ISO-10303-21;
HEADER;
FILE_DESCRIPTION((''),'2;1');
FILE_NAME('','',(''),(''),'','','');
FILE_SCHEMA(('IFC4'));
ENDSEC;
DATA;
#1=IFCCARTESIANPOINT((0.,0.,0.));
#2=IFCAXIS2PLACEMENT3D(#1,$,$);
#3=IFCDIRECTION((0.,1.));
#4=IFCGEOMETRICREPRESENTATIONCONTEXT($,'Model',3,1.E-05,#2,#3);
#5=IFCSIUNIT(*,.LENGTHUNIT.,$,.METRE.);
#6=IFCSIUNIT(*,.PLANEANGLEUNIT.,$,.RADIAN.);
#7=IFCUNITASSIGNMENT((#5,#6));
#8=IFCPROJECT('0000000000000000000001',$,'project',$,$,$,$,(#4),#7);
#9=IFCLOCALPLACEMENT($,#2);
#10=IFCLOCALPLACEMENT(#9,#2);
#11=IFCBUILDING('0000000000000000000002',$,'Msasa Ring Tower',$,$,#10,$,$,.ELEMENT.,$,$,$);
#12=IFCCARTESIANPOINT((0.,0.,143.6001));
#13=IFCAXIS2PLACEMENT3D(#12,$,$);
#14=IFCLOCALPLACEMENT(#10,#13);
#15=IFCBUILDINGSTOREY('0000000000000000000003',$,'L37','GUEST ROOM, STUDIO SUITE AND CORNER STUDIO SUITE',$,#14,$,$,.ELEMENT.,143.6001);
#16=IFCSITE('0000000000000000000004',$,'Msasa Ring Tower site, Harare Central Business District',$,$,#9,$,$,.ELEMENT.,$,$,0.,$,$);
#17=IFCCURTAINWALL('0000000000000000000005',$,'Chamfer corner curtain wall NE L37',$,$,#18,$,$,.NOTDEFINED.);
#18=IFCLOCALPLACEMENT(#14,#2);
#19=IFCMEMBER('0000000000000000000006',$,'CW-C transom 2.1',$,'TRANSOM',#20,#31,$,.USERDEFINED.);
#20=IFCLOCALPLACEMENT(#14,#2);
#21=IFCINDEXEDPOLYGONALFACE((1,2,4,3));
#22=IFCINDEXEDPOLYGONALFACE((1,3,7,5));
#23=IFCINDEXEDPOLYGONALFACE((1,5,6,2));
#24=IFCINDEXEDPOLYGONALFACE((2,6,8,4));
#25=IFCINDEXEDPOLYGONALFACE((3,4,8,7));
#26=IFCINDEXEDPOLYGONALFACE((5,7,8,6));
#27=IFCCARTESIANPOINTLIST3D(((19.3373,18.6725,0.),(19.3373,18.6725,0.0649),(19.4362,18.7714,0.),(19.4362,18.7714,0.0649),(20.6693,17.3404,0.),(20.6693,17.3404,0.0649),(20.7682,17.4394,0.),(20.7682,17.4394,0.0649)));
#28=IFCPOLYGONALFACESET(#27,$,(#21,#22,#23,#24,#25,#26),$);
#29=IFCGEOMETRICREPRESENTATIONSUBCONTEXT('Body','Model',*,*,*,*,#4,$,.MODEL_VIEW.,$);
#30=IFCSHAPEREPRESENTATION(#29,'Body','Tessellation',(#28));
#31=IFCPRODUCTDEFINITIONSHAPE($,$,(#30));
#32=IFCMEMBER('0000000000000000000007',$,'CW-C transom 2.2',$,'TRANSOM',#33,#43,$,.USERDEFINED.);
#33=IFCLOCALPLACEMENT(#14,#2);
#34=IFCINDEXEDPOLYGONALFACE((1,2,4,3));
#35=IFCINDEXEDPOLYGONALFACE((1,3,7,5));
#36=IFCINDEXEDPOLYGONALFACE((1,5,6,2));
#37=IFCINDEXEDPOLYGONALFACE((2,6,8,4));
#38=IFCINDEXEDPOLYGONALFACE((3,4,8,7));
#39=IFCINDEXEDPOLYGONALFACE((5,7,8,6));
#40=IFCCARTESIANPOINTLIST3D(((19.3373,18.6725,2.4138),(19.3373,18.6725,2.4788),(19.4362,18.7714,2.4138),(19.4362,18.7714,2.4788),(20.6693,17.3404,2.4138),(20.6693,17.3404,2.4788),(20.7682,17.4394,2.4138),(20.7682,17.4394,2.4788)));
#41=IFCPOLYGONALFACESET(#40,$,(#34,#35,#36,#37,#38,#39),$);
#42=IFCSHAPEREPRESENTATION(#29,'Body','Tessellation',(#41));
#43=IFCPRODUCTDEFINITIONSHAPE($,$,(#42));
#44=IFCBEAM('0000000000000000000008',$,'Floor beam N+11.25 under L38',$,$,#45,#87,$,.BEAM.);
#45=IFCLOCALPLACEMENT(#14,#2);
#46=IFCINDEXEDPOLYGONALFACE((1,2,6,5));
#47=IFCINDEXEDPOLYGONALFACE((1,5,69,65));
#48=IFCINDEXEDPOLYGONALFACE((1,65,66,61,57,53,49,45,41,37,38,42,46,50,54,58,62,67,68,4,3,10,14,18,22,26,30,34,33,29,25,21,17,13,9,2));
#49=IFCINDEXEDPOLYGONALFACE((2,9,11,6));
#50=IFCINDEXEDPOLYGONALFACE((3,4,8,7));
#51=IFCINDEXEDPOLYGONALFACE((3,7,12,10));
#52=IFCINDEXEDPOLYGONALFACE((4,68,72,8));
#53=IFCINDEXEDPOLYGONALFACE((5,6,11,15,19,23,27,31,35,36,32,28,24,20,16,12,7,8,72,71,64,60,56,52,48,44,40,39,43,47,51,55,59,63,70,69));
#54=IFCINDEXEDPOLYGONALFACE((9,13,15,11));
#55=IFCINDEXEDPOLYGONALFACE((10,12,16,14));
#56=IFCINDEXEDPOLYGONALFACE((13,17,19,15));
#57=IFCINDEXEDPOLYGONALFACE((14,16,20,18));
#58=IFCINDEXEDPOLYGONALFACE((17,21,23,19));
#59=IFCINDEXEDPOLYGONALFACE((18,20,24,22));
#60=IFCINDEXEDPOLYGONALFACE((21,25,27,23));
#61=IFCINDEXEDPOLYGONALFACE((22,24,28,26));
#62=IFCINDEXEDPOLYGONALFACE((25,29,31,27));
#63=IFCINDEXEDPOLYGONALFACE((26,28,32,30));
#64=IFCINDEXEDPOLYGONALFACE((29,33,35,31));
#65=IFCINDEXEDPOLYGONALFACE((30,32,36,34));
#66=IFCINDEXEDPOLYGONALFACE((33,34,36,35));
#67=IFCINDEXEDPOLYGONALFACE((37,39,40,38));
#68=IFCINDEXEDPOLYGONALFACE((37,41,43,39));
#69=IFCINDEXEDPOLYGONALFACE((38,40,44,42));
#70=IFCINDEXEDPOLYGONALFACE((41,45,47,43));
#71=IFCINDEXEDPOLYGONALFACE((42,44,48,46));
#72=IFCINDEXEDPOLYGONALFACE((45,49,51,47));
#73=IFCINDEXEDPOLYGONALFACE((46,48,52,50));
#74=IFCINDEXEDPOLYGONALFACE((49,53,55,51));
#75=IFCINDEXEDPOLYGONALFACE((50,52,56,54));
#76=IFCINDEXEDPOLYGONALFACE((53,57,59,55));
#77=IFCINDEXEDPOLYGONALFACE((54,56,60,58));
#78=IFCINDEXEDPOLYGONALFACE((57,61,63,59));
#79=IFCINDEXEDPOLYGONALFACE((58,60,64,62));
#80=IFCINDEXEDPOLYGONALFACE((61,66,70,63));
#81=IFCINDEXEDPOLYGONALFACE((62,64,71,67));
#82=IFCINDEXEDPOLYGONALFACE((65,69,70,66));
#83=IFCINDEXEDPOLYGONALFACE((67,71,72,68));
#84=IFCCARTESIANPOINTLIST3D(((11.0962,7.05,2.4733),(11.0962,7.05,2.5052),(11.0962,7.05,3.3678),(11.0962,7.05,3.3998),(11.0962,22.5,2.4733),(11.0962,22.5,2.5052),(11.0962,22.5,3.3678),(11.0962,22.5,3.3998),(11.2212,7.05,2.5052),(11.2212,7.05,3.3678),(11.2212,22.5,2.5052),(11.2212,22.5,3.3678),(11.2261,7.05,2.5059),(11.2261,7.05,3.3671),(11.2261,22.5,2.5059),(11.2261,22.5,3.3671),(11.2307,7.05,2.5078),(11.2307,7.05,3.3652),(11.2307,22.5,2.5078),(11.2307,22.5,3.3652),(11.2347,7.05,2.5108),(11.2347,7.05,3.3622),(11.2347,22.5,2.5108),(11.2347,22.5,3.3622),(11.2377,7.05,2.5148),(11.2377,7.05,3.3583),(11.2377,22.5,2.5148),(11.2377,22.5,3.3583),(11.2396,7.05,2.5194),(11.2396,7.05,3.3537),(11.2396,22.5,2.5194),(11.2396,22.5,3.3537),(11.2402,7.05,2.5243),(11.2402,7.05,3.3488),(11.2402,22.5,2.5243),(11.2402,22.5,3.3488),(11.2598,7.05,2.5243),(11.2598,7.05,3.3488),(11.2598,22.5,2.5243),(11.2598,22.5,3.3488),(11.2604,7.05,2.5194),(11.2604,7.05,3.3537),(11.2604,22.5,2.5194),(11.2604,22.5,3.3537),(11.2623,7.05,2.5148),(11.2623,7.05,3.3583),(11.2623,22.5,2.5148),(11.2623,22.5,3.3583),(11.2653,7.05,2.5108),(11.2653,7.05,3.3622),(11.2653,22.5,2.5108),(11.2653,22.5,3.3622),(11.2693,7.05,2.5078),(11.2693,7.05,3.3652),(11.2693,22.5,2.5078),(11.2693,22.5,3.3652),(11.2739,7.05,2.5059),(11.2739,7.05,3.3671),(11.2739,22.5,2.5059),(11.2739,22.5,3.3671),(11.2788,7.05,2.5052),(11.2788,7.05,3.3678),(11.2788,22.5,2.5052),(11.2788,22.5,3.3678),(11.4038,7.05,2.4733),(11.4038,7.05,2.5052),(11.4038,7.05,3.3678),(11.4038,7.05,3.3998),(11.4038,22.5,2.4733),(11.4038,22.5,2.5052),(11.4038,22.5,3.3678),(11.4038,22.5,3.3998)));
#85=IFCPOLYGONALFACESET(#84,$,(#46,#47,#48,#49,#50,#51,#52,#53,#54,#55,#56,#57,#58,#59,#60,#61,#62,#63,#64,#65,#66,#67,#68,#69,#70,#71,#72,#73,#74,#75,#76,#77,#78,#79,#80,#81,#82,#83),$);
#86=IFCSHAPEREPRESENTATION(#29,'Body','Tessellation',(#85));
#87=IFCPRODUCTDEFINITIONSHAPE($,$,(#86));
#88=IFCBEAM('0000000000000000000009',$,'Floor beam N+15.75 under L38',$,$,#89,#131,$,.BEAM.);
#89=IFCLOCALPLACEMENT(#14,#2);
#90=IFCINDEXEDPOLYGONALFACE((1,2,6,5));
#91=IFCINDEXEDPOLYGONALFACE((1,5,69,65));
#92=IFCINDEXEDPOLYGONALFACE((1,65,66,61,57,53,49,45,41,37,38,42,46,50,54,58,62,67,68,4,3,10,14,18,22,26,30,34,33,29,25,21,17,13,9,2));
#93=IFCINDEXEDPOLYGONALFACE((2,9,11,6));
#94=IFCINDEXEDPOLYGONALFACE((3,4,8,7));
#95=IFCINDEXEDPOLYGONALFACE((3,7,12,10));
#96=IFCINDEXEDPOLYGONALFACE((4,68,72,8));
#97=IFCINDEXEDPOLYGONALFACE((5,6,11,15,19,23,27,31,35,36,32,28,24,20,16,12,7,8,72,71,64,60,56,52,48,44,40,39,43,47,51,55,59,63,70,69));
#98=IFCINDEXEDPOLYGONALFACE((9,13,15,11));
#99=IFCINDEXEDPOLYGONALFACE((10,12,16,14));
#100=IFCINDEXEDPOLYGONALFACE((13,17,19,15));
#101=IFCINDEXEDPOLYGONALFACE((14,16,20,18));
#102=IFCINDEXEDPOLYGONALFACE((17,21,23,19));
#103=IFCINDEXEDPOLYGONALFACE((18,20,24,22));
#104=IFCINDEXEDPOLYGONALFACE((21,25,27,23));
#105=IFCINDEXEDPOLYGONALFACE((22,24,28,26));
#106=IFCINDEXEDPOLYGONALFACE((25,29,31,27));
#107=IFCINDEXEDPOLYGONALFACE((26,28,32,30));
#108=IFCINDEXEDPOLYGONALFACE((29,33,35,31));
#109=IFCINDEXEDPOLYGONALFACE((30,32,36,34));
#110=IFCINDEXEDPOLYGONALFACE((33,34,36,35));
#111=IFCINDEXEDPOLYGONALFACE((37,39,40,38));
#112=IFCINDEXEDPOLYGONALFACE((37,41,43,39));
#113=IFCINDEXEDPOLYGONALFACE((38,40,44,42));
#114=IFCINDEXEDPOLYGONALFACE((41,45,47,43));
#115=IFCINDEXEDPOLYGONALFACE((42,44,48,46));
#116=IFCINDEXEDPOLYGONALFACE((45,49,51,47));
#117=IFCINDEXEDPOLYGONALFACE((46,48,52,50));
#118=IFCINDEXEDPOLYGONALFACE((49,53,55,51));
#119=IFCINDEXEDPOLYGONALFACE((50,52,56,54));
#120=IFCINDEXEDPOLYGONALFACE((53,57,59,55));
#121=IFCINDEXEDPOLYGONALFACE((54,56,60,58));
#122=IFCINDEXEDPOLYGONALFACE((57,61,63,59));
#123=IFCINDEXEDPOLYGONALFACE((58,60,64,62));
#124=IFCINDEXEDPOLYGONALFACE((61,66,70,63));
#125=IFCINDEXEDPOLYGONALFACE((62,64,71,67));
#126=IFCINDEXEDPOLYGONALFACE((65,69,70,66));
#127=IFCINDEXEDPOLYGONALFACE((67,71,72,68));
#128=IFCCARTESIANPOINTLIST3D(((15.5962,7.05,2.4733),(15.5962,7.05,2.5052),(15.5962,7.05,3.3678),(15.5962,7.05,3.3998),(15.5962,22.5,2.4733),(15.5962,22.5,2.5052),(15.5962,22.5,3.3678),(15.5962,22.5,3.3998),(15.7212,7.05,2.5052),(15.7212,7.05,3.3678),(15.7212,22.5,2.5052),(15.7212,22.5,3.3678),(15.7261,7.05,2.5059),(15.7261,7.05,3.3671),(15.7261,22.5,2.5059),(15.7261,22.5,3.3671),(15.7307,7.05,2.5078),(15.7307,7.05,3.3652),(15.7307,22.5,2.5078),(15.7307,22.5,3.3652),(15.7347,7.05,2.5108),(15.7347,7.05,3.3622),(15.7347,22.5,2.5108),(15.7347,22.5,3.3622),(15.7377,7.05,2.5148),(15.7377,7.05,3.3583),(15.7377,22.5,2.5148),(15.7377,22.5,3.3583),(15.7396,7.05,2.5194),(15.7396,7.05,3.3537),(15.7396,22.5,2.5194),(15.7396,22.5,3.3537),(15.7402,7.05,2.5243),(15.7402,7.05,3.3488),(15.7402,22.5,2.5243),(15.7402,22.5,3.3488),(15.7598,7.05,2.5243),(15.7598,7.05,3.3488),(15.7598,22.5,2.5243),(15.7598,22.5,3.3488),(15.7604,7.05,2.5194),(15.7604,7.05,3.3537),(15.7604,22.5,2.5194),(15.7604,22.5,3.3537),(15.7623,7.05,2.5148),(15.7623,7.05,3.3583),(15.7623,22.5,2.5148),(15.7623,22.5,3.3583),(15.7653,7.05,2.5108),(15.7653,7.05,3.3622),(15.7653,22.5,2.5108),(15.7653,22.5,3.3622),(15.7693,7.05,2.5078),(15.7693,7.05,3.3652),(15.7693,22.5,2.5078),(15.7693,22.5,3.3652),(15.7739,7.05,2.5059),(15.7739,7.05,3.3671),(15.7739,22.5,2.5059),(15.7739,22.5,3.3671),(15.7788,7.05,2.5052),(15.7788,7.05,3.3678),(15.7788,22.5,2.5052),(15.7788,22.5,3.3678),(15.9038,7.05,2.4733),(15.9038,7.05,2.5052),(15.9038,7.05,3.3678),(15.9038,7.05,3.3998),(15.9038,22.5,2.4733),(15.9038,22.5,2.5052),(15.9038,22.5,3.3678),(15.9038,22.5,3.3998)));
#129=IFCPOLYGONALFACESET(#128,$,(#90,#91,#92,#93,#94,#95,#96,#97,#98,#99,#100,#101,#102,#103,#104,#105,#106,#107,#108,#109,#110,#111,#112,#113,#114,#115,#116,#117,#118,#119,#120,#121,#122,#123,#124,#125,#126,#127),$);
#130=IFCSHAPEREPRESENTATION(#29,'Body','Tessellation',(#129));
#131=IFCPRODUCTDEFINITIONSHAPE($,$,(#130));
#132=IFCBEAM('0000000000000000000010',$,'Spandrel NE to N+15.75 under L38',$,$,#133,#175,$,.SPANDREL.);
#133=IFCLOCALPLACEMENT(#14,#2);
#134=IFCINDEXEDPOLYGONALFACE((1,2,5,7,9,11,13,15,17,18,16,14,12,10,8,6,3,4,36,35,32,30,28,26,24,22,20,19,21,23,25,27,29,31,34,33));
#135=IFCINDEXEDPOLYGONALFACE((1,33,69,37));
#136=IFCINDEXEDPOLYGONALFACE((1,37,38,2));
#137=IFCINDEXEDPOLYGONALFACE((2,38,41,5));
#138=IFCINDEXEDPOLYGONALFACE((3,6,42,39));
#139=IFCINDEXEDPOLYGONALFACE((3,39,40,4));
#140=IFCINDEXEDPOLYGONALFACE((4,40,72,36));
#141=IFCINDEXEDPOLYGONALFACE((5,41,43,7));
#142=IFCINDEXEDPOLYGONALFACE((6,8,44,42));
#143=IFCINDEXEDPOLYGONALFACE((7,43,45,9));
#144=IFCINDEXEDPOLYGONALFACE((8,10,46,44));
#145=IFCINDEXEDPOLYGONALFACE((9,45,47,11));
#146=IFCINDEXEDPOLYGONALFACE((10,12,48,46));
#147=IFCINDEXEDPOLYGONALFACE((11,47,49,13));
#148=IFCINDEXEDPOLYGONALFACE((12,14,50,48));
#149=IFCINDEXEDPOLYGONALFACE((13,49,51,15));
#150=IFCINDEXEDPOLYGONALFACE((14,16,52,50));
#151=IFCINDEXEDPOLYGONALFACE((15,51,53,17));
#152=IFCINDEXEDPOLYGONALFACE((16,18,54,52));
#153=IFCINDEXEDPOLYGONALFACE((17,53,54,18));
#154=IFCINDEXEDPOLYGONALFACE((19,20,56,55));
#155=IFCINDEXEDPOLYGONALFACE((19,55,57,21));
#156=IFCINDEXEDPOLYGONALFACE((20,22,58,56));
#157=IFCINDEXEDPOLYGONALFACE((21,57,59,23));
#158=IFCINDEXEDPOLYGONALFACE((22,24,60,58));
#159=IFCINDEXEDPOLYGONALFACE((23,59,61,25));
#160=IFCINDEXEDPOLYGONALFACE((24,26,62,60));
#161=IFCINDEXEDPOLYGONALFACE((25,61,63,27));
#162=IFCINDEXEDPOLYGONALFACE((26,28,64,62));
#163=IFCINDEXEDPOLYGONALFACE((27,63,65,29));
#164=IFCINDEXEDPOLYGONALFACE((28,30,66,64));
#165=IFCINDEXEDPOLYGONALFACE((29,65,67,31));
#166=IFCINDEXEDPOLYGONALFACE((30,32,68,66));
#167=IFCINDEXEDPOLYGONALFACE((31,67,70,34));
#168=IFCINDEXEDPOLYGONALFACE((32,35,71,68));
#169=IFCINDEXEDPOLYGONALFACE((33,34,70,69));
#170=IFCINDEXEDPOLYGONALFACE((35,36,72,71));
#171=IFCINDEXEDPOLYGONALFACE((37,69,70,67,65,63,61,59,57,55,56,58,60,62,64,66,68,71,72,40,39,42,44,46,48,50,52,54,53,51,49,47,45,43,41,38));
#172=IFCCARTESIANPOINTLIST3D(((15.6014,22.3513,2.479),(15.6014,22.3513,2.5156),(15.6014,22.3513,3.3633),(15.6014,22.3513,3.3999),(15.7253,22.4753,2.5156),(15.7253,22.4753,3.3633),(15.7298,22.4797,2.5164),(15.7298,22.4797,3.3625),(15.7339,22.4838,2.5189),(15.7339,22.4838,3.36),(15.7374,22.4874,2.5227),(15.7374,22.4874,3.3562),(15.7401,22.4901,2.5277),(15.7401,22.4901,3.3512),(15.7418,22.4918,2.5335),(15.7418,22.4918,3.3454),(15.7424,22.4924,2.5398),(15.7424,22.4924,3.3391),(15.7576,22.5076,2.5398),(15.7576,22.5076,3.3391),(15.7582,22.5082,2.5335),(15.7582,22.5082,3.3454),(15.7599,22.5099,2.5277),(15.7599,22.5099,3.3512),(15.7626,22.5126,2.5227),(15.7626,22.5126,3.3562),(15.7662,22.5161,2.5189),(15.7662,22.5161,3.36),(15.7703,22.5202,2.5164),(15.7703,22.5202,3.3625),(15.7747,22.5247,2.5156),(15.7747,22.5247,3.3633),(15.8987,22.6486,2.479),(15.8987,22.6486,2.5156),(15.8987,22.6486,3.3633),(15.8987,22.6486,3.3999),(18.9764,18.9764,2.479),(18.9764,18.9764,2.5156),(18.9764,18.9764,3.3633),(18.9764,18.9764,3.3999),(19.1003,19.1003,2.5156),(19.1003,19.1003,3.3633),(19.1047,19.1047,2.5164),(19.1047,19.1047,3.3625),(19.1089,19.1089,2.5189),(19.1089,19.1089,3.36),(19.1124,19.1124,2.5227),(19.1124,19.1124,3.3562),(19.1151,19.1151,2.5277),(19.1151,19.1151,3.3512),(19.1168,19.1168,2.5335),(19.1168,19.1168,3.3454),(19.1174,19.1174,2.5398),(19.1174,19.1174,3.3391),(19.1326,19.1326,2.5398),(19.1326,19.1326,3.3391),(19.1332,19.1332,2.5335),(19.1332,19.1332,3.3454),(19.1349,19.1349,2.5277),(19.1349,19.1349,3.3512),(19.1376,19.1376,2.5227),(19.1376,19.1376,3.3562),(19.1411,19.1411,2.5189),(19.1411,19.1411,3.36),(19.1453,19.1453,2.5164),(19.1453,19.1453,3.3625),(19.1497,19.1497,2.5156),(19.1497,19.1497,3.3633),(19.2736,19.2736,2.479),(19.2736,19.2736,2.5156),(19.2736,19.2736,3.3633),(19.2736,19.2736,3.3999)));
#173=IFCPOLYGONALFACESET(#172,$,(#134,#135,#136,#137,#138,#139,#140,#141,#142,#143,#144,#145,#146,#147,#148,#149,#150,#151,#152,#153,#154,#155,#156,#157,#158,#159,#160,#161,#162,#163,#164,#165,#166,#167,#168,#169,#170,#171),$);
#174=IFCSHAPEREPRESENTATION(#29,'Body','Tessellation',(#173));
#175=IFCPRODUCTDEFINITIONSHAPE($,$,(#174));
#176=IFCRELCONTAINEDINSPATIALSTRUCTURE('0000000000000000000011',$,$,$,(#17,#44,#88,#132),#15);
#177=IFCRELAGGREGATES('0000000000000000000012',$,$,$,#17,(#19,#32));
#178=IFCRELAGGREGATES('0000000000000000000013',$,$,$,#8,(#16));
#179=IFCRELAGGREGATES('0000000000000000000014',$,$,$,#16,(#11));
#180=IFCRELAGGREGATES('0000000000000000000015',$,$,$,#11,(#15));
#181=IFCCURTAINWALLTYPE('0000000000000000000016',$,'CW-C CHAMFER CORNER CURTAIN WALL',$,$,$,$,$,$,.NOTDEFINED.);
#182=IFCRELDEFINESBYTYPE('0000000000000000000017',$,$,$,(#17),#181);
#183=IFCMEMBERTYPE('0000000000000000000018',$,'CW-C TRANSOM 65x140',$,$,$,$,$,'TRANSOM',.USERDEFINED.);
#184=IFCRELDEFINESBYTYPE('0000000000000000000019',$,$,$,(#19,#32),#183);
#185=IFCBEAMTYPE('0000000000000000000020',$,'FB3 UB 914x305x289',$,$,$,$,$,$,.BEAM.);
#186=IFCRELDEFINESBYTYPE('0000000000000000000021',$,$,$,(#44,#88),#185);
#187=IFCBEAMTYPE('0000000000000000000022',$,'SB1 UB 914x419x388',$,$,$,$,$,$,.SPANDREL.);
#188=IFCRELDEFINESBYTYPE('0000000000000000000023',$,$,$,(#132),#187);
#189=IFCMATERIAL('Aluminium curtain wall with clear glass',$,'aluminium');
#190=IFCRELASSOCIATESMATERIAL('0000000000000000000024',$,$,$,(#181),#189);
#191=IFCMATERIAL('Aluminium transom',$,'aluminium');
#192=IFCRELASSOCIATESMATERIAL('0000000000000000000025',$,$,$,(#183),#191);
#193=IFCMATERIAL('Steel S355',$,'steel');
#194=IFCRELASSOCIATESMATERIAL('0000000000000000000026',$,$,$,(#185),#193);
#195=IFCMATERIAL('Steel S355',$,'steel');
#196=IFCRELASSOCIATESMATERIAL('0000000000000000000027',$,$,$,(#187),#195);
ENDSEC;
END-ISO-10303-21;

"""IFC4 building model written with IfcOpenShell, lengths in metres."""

from ifc_helpers import new_model, si_unit, direction, frame, origin, origin_2d, place, context, subcontext, project, spatial, rectangle, i_section, extrude, material, material_profile, profile_set, type_object, element, aggregate, save


model = new_model("IFC4")

# Units and contexts
model_context = context("Model", 3, precision=1e-05, world=origin(), true_north=direction((0.0, 1.0)))
body_context = subcontext(model_context, "Body", "Model", "MODEL_VIEW")
ifc_project = project(units=[si_unit("LENGTHUNIT", "METRE"), si_unit("PLANEANGLEUNIT", "RADIAN")], contexts=[model_context])

# Site, building, storey
site_placement = place(None, origin())
site = spatial("IfcSite", under=ifc_project, at=site_placement, Name="Msasa Ring Tower site, Harare Central Business District", CompositionType="ELEMENT", RefElevation=0.0)
building_placement = place(site_placement, origin())
building = spatial("IfcBuilding", under=site, at=building_placement, Name="Msasa Ring Tower", CompositionType="ELEMENT")
storey_placement = place(building_placement, frame((0.0, 0.0, 143.6001)))
storey = spatial("IfcBuildingStorey", under=building, at=storey_placement, Name="L37", Description="GUEST ROOM, STUDIO SUITE AND CORNER STUDIO SUITE", CompositionType="ELEMENT", Elevation=143.6001)

# Curtain wall
ifc_material_1 = material(Name="Aluminium curtain wall with clear glass", Category="aluminium")
curtain_wall_type = type_object("IfcCurtainWallType", Name="CW-C CHAMFER CORNER CURTAIN WALL", PredefinedType="NOTDEFINED", material=ifc_material_1)
curtain_wall_1_placement = place(storey_placement, origin())
curtain_wall_1 = element("IfcCurtainWall", 1, at=curtain_wall_1_placement, inside=storey, type_object=curtain_wall_type, Name="Chamfer corner curtain wall NE L37", PredefinedType="NOTDEFINED")

# Members
ifc_material_2 = material(Name="Aluminium transom", Category="aluminium")
ifc_material_profile_1 = material_profile(ifc_material_2, rectangle(XDim=0.1399, YDim=0.0649, at=origin_2d()), Name="AL 65x140")
ifc_profile_set_1 = profile_set([ifc_material_profile_1], Name="Aluminium transom")
member_type_1 = type_object("IfcMemberType", Name="CW-C TRANSOM 65x140", ElementType="TRANSOM", PredefinedType="USERDEFINED", material=ifc_profile_set_1)
member_1_placement = place(storey_placement, frame((20.7188, 17.3899, 0.0325), z_axis=(-0.707107, 0.707107, 0.0), x_axis=(-0.707107, -0.707107, 0.0)))
member_1 = element("IfcMember", 2, at=member_1_placement, type_object=member_type_1, Name="CW-C transom 2.1", ObjectType="TRANSOM", PredefinedType="USERDEFINED", context=body_context, shape_type="SweptSolid", body=[
    extrude(rectangle(XDim=0.1399, YDim=0.0649, at=origin_2d()), origin(), (0.0, 0.0, 1.0), 1.8838),
])
member_2_placement = place(storey_placement, frame((20.7188, 17.3899, 2.4463), z_axis=(-0.707107, 0.707107, 0.0), x_axis=(-0.707107, -0.707107, 0.0)))
member_2 = element("IfcMember", 3, at=member_2_placement, type_object=member_type_1, Name="CW-C transom 2.2", ObjectType="TRANSOM", PredefinedType="USERDEFINED", context=body_context, shape_type="SweptSolid", body=[
    extrude(rectangle(XDim=0.1399, YDim=0.0649, at=origin_2d()), origin(), (0.0, 0.0, 1.0), 1.8838),
])

# Beams
ifc_material_3 = material(Name="Steel S355", Category="steel")
ifc_material_profile_2 = material_profile(ifc_material_3, i_section(OverallWidth=0.3076, OverallDepth=0.9265, WebThickness=0.0195, FlangeThickness=0.032, FilletRadius=0.019, at=origin_2d()), Name="UB 914x305x289")
ifc_profile_set_2 = profile_set([ifc_material_profile_2], Name="Steel S355")
beam_type_1 = type_object("IfcBeamType", Name="FB3 UB 914x305x289", PredefinedType="BEAM", material=ifc_profile_set_2)
for number, where, z_axis, x_axis, name in (
    (4, (11.25, 22.5, 2.9365), (0.0, -1.0, 0.0), (1.0, 0.0, 0.0), "Floor beam N+11.25 under L38"),
    (5, (15.75, 22.5, 2.9365), (0.0, -1.0, 0.0), (1.0, 0.0, 0.0), "Floor beam N+15.75 under L38"),
):
    element("IfcBeam", number, at=place(storey_placement, frame(where, z_axis=z_axis, x_axis=x_axis)), inside=storey, type_object=beam_type_1, Name=name, PredefinedType="BEAM", context=body_context, shape_type="SweptSolid", body=[
        extrude(i_section(OverallWidth=0.3076, OverallDepth=0.9265, WebThickness=0.0195, FlangeThickness=0.032, FilletRadius=0.019, at=origin_2d()), origin(), (0.0, 0.0, 1.0), 15.45),
    ])
ifc_material_4 = material(Name="Steel S355", Category="steel")
ifc_material_profile_3 = material_profile(ifc_material_4, i_section(OverallWidth=0.4204, OverallDepth=0.9209, WebThickness=0.0215, FlangeThickness=0.0366, FilletRadius=0.0242, at=origin_2d()), Name="UB 914x419x388")
ifc_profile_set_3 = profile_set([ifc_material_profile_3], Name="Steel S355")
beam_type_2 = type_object("IfcBeamType", Name="SB1 UB 914x419x388", PredefinedType="SPANDREL", material=ifc_profile_set_3)
beam_placement = place(storey_placement, frame((19.125, 19.125, 2.9395), z_axis=(-0.707107, 0.707107, 0.0), x_axis=(-0.707107, -0.707107, 0.0)))
element("IfcBeam", 6, at=beam_placement, inside=storey, type_object=beam_type_2, Name="Spandrel NE to N+15.75 under L38", PredefinedType="SPANDREL", context=body_context, shape_type="SweptSolid", body=[
    extrude(i_section(OverallWidth=0.4204, OverallDepth=0.9209, WebThickness=0.0215, FlangeThickness=0.0366, FilletRadius=0.0242, at=origin_2d()), origin(), (0.0, 0.0, 1.0), 4.7729),
])

aggregate(curtain_wall_1, [member_1, member_2])

save(model, "model.ifc")
